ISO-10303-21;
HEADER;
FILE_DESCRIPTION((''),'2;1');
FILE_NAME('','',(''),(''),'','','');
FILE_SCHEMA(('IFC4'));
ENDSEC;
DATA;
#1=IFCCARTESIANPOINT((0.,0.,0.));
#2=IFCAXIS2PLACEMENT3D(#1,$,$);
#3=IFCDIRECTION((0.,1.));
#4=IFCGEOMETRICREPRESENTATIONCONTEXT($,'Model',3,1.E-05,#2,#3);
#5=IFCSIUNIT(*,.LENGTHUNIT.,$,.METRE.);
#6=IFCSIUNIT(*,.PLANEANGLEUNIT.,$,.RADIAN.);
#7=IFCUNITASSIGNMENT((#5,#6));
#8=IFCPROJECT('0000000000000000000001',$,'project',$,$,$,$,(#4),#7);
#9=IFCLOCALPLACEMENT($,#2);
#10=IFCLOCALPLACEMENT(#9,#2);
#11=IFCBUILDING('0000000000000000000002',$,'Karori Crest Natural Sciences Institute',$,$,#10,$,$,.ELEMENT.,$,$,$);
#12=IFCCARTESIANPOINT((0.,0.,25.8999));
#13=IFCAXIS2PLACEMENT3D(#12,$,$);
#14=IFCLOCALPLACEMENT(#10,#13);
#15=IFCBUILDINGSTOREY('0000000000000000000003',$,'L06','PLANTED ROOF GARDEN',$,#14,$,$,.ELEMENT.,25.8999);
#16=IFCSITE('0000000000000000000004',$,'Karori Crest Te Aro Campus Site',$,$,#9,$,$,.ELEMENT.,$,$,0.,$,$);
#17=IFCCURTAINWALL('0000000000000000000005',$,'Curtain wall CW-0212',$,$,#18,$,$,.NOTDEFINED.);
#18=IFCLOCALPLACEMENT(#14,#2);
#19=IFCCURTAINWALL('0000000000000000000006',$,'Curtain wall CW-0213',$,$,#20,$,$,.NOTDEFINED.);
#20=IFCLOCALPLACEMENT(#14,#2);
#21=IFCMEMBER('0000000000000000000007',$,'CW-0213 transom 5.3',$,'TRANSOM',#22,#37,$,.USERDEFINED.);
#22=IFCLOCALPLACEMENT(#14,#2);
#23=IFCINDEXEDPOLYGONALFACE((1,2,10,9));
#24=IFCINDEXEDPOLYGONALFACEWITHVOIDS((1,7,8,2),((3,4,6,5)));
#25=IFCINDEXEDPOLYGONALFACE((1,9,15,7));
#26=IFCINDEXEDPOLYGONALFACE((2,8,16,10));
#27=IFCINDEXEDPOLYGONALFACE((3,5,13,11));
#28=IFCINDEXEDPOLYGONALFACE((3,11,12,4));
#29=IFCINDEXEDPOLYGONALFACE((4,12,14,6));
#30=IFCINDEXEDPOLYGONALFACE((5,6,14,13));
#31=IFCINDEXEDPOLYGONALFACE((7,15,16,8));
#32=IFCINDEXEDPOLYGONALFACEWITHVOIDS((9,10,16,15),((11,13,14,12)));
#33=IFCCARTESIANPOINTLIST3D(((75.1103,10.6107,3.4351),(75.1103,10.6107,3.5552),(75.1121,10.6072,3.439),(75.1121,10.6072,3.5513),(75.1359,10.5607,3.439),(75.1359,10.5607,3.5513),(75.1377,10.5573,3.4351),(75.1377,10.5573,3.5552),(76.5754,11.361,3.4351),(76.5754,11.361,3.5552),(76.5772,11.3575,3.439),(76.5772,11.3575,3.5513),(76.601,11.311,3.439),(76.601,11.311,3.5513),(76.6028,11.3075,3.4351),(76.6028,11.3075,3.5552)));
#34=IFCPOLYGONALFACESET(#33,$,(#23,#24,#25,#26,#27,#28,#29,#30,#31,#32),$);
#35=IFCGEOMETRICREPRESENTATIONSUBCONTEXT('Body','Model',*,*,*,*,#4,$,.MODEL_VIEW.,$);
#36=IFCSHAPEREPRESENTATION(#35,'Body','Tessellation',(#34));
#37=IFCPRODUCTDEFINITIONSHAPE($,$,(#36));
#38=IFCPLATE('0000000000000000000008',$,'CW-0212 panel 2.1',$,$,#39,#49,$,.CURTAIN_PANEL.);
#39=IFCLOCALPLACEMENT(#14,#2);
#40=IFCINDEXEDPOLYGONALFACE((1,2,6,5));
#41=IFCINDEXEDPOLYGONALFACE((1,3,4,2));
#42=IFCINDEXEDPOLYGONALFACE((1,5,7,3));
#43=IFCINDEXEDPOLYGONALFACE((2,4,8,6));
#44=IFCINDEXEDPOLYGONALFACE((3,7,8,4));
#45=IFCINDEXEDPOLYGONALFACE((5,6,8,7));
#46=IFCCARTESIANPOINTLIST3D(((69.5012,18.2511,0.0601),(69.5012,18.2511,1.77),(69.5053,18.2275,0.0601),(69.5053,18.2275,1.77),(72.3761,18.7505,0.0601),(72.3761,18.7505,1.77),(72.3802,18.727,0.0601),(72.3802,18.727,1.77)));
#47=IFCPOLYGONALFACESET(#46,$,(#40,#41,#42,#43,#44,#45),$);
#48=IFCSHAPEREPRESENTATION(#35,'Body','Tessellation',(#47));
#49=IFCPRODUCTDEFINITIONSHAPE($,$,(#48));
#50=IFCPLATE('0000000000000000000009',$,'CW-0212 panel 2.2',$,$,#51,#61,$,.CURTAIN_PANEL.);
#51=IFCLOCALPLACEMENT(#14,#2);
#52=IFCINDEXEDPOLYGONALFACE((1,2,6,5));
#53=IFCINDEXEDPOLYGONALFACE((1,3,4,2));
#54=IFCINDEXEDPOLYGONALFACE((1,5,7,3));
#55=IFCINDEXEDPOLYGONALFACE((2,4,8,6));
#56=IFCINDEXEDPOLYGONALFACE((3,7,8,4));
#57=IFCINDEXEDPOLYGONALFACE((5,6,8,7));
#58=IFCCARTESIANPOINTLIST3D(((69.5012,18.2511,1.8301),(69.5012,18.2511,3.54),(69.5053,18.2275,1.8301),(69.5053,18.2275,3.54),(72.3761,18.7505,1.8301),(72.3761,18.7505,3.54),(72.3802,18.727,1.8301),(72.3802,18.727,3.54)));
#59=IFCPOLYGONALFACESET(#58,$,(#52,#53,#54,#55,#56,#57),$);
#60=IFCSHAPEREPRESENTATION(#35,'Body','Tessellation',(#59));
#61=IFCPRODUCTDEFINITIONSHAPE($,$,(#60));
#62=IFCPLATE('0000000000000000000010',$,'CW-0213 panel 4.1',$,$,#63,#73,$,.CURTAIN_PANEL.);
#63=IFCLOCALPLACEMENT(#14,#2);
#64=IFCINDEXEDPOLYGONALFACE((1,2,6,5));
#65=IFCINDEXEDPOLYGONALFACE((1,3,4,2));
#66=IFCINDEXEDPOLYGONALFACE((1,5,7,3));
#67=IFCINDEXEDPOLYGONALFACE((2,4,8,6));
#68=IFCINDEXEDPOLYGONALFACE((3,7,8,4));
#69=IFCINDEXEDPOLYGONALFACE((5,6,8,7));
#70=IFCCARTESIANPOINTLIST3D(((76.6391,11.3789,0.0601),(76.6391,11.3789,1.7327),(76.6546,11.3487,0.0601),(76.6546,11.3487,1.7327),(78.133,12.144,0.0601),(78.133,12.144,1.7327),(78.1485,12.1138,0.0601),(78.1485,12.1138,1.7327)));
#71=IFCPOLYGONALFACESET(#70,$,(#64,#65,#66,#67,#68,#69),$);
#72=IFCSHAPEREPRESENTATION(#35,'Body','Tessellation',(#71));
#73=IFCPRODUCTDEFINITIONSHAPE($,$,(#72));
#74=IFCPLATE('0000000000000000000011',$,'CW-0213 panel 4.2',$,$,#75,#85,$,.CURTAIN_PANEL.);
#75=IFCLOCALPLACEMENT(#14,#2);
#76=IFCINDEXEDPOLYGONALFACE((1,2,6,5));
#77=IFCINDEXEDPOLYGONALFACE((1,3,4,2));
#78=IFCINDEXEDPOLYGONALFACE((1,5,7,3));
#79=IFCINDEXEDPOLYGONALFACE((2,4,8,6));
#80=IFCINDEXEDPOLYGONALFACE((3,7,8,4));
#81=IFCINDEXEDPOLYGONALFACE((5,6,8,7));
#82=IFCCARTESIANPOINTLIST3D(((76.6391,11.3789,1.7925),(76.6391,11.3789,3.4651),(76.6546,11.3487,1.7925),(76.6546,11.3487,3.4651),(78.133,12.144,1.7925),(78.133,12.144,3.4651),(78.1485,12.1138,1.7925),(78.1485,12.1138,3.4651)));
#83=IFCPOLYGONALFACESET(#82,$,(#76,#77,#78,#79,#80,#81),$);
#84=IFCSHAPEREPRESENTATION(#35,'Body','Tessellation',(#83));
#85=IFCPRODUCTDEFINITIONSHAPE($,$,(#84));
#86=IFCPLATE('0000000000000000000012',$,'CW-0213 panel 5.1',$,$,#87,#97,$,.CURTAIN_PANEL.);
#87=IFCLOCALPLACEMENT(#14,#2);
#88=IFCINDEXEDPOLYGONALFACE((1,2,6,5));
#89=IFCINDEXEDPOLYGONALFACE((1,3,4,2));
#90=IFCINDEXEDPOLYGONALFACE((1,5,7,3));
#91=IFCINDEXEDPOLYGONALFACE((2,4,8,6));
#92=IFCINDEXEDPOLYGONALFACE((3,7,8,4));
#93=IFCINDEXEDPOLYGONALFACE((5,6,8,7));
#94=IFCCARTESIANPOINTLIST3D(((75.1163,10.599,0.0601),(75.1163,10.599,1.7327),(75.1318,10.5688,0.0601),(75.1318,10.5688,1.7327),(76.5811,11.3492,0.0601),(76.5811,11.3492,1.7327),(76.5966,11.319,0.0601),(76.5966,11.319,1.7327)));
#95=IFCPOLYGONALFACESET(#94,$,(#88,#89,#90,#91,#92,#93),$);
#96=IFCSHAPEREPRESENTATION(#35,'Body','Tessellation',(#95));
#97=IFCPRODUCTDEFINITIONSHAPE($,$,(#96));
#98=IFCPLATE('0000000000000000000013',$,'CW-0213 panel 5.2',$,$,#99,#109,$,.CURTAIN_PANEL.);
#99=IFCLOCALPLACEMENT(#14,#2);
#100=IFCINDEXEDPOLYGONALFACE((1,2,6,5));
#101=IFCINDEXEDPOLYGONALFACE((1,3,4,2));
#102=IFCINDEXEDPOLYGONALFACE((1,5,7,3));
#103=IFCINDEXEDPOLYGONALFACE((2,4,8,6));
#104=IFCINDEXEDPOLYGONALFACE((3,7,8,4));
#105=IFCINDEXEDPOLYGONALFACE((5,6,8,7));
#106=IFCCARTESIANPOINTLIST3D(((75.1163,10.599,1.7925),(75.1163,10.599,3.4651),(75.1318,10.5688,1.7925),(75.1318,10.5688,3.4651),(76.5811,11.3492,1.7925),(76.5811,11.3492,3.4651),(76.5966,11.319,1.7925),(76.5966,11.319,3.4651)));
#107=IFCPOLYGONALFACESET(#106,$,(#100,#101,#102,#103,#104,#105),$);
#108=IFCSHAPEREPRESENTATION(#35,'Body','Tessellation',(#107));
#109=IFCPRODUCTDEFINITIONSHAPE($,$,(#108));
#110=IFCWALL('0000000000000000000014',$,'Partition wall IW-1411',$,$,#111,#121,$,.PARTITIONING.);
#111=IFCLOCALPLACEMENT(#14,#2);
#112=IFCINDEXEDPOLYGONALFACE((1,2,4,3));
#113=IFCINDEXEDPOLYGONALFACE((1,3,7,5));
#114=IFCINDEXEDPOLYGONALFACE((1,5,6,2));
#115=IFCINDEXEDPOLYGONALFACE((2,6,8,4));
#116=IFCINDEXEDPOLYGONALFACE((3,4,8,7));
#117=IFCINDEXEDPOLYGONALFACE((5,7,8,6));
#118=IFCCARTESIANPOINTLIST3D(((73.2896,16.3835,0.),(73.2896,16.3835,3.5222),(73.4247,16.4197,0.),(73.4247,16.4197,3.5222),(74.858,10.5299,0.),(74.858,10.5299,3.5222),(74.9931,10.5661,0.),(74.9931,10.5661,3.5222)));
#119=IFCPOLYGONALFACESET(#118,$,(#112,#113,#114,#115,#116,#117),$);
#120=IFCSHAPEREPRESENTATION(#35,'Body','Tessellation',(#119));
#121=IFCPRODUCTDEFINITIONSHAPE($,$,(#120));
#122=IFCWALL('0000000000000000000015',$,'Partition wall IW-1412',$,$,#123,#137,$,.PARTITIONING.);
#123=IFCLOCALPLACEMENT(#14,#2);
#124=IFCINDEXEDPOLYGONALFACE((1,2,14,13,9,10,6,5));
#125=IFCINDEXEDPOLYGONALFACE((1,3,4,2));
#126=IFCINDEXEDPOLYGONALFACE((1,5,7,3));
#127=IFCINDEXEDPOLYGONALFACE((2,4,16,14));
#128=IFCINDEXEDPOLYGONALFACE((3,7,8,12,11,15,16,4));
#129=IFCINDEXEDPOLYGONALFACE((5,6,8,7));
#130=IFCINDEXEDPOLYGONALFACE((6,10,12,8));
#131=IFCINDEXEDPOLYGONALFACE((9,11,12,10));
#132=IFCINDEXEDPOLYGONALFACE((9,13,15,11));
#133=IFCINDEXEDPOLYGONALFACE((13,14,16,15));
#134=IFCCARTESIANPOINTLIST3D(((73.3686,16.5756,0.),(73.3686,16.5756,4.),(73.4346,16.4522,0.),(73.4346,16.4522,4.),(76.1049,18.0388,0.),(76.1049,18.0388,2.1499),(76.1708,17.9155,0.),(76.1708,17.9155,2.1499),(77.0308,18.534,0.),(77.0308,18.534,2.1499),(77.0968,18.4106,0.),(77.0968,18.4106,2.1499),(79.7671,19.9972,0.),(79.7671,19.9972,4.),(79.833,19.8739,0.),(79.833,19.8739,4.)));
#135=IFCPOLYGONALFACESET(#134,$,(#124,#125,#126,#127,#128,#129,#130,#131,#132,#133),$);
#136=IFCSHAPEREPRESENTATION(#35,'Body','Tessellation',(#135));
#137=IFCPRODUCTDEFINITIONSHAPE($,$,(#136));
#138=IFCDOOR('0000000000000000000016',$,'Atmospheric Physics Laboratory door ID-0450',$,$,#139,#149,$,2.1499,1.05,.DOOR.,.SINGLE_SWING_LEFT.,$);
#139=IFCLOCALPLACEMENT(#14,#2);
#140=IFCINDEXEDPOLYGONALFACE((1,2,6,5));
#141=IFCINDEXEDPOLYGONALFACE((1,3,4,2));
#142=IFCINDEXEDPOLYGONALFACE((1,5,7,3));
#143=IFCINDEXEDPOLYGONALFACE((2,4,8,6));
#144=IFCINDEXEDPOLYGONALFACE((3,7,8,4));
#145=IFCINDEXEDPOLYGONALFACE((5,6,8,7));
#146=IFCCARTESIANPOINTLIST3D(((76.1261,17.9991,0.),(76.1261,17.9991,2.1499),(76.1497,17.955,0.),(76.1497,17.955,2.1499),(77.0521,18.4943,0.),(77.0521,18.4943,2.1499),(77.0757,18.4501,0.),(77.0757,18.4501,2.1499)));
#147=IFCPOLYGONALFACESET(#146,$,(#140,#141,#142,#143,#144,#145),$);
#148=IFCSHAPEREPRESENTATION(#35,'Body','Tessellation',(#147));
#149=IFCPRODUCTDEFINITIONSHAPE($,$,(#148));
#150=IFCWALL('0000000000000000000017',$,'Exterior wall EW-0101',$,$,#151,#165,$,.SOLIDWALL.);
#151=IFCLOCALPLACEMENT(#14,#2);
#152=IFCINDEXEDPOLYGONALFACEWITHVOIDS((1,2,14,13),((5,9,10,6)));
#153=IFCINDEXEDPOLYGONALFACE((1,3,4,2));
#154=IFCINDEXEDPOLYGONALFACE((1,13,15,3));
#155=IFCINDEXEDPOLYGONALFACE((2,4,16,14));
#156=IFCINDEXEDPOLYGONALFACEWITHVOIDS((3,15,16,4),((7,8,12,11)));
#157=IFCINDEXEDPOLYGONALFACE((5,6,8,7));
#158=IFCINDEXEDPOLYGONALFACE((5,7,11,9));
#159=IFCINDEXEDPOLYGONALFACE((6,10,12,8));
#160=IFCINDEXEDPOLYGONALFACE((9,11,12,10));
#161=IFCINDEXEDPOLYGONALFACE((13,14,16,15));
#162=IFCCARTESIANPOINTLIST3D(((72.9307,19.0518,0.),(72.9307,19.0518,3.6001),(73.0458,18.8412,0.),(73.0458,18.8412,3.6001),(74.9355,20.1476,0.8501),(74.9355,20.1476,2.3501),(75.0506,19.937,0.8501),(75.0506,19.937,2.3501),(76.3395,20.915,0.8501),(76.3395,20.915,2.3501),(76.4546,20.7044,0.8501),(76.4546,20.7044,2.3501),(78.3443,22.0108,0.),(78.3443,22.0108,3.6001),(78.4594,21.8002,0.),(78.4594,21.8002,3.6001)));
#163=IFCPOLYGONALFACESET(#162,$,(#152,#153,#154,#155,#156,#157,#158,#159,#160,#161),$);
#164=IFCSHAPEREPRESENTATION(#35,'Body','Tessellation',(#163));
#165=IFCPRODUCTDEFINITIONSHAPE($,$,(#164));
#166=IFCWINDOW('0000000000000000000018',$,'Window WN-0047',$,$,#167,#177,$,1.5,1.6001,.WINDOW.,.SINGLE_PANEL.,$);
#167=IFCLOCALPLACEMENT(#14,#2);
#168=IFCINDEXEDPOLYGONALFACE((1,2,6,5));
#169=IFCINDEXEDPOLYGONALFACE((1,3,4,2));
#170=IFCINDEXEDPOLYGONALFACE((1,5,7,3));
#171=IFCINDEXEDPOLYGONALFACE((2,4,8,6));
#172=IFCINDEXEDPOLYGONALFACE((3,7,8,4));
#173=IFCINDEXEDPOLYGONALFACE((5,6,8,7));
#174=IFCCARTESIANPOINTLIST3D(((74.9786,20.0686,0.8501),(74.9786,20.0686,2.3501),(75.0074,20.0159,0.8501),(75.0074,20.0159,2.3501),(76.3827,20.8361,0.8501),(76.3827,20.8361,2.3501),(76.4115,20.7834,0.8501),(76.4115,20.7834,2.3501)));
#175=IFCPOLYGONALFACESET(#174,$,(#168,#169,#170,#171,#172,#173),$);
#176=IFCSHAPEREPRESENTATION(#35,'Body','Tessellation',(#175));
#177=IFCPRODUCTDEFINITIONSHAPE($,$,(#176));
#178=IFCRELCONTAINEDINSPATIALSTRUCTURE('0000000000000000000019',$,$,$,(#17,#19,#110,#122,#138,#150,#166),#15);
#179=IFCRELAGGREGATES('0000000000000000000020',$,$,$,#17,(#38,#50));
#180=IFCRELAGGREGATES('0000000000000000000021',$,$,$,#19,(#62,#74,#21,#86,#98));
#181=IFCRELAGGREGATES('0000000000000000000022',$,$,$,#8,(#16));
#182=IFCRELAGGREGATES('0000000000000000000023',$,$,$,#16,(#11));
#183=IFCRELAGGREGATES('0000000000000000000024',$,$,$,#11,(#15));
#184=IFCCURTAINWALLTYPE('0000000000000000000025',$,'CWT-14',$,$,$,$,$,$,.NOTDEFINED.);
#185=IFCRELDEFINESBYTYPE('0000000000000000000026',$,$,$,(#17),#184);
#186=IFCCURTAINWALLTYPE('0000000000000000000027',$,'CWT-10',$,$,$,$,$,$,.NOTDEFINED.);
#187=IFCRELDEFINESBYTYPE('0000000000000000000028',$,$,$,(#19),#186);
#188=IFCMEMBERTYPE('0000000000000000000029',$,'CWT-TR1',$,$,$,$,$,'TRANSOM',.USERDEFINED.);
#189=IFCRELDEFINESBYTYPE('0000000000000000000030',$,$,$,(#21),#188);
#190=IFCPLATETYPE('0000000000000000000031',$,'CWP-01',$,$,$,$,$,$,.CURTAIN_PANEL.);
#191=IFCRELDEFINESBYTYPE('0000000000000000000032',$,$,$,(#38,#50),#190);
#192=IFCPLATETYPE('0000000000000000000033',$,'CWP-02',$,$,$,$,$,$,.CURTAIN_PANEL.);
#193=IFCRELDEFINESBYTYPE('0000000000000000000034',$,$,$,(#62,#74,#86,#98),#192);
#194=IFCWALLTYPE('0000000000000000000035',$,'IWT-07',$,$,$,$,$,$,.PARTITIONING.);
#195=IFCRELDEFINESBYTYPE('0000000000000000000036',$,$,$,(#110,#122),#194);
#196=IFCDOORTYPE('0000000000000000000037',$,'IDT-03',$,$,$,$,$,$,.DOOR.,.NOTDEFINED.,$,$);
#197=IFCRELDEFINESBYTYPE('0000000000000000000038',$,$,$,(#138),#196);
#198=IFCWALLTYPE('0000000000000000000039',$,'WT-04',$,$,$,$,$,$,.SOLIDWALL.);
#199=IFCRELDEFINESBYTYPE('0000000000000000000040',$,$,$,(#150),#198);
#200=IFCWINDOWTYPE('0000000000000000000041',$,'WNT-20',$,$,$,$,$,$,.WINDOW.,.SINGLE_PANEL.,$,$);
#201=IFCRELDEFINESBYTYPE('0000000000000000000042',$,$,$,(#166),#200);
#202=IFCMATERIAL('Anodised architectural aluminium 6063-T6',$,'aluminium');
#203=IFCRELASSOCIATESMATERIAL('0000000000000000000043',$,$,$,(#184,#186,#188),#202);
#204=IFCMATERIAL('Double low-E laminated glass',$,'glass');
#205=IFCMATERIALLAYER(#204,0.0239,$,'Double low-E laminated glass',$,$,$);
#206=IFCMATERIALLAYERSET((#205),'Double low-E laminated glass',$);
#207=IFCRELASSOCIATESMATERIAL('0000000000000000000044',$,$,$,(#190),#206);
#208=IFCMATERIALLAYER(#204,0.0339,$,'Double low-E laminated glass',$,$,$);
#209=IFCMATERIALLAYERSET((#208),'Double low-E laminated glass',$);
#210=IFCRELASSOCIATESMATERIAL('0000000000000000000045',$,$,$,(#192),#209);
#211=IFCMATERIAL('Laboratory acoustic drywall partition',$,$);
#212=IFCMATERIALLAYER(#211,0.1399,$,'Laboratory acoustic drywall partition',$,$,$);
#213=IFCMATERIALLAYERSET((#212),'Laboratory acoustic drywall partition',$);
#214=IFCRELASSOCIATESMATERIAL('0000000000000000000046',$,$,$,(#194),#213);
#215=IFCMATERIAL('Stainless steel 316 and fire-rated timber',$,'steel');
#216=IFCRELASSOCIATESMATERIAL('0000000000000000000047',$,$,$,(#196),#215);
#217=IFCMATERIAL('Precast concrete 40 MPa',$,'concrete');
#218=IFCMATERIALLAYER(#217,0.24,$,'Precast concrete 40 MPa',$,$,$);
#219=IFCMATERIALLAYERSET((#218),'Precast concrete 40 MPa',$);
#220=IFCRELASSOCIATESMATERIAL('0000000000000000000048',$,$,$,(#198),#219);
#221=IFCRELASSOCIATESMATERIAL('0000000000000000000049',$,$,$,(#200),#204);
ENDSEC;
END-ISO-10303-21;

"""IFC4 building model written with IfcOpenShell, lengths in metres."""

from ifc_helpers import new_model, si_unit, direction, frame, frame_2d, origin, origin_2d, place, context, subcontext, project, spatial, rectangle, hollow_rectangle, extrude, material, layer, layer_set, material_profile, profile_set, type_object, element, fill, aggregate, save


model = new_model("IFC4")

# Units and contexts
model_context = context("Model", 3, precision=1e-05, world=origin(), true_north=direction((0.0, 1.0)))
body_context = subcontext(model_context, "Body", "Model", "MODEL_VIEW")
ifc_project = project(units=[si_unit("LENGTHUNIT", "METRE"), si_unit("PLANEANGLEUNIT", "RADIAN")], contexts=[model_context])

# Site, building, storey
site_placement = place(None, origin())
site = spatial("IfcSite", under=ifc_project, at=site_placement, Name="Karori Crest Te Aro Campus Site", CompositionType="ELEMENT", RefElevation=0.0)
building_placement = place(site_placement, origin())
building = spatial("IfcBuilding", under=site, at=building_placement, Name="Karori Crest Natural Sciences Institute", CompositionType="ELEMENT")
storey_placement = place(building_placement, frame((0.0, 0.0, 25.8999)))
storey = spatial("IfcBuildingStorey", under=building, at=storey_placement, Name="L06", Description="PLANTED ROOF GARDEN", CompositionType="ELEMENT", Elevation=25.8999)

# Curtain wall
ifc_material_1 = material(Name="Anodised architectural aluminium 6063-T6", Category="aluminium")
curtain_wall_type_1 = type_object("IfcCurtainWallType", Name="CWT-14", PredefinedType="NOTDEFINED", material=ifc_material_1)
curtain_wall_1_placement = place(storey_placement, origin())
curtain_wall_1 = element("IfcCurtainWall", 1, at=curtain_wall_1_placement, inside=storey, type_object=curtain_wall_type_1, Name="Curtain wall CW-0212", PredefinedType="NOTDEFINED")

# Curtain wall, member
curtain_wall_type_2 = type_object("IfcCurtainWallType", Name="CWT-10", PredefinedType="NOTDEFINED", material=ifc_material_1)
curtain_wall_2_placement = place(storey_placement, origin())
curtain_wall_2 = element("IfcCurtainWall", 2, at=curtain_wall_2_placement, inside=storey, type_object=curtain_wall_type_2, Name="Curtain wall CW-0213", PredefinedType="NOTDEFINED")
ifc_material_profile_1 = material_profile(ifc_material_1, hollow_rectangle(XDim=0.0601, YDim=0.1201, WallThickness=0.0039, at=origin_2d()), Name="CWT120x60x4")
ifc_profile_set_1 = profile_set([ifc_material_profile_1], Name="Anodised architectural aluminium 6063-T6")
member_type_1 = type_object("IfcMemberType", Name="CWT-TR1", ElementType="TRANSOM", PredefinedType="USERDEFINED", material=ifc_profile_set_1)
member_1_placement = place(storey_placement, frame((76.5891, 11.3342, 3.4951), z_axis=(-0.890084, -0.455796, 0.0), x_axis=(0.455796, -0.890084, 0.0)))
member_1 = element("IfcMember", 3, at=member_1_placement, type_object=member_type_1, Name="CW-0213 transom 5.3", ObjectType="TRANSOM", PredefinedType="USERDEFINED", context=body_context, shape_type="SweptSolid", body=[
    extrude(hollow_rectangle(XDim=0.0601, YDim=0.1201, WallThickness=0.0039, at=origin_2d()), origin(), (0.0, 0.0, 1.0), 1.646),
])

# Plates
ifc_material_2 = material(Name="Double low-E laminated glass", Category="glass")
ifc_layer_1 = layer(ifc_material_2, 0.0239, Name="Double low-E laminated glass")
ifc_layer_set_1 = layer_set([ifc_layer_1], Name="Double low-E laminated glass")
plate_type_1 = type_object("IfcPlateType", Name="CWP-01", PredefinedType="CURTAIN_PANEL", material=ifc_layer_set_1)
plate_1_placement = place(storey_placement, frame((70.9407, 18.489, 0.0601), z_axis=(0.0, 0.0, 1.0), x_axis=(0.985241, 0.171174, 0.0)))
plate_1 = element("IfcPlate", 4, at=plate_1_placement, type_object=plate_type_1, Name="CW-0212 panel 2.1", PredefinedType="CURTAIN_PANEL", context=body_context, shape_type="SweptSolid", body=[
    extrude(rectangle(XDim=2.918, YDim=0.0239, at=origin_2d()), origin(), (0.0, 0.0, 1.0), 1.71),
])
plate_2_placement = place(storey_placement, frame((70.9407, 18.489, 1.8301), z_axis=(0.0, 0.0, 1.0), x_axis=(0.985241, 0.171174, 0.0)))
plate_2 = element("IfcPlate", 5, at=plate_2_placement, type_object=plate_type_1, Name="CW-0212 panel 2.2", PredefinedType="CURTAIN_PANEL", context=body_context, shape_type="SweptSolid", body=[
    extrude(rectangle(XDim=2.918, YDim=0.0239, at=origin_2d()), origin(), (0.0, 0.0, 1.0), 1.71),
])
aggregate(curtain_wall_1, [plate_1, plate_2])
ifc_layer_2 = layer(ifc_material_2, 0.0339, Name="Double low-E laminated glass")
ifc_layer_set_2 = layer_set([ifc_layer_2], Name="Double low-E laminated glass")
plate_type_2 = type_object("IfcPlateType", Name="CWP-02", PredefinedType="CURTAIN_PANEL", material=ifc_layer_set_2)
plate_3_placement = place(storey_placement, frame((77.3938, 11.7463, 0.0601), z_axis=(0.0, 0.0, 1.0), x_axis=(-0.890067, -0.455829, 0.0)))
plate_3 = element("IfcPlate", 6, at=plate_3_placement, type_object=plate_type_2, Name="CW-0213 panel 4.1", PredefinedType="CURTAIN_PANEL", context=body_context, shape_type="SweptSolid", body=[
    extrude(rectangle(XDim=1.6785, YDim=0.0339, at=origin_2d()), origin(), (0.0, 0.0, 1.0), 1.6726),
])
plate_4_placement = place(storey_placement, frame((77.3938, 11.7463, 1.7925), z_axis=(0.0, 0.0, 1.0), x_axis=(-0.890067, -0.455829, 0.0)))
plate_4 = element("IfcPlate", 7, at=plate_4_placement, type_object=plate_type_2, Name="CW-0213 panel 4.2", PredefinedType="CURTAIN_PANEL", context=body_context, shape_type="SweptSolid", body=[
    extrude(rectangle(XDim=1.6785, YDim=0.0339, at=origin_2d()), origin(), (0.0, 0.0, 1.0), 1.6726),
])
plate_5_placement = place(storey_placement, frame((75.8564, 10.959, 0.0601), z_axis=(0.0, 0.0, 1.0), x_axis=(-0.890067, -0.455829, 0.0)))
plate_5 = element("IfcPlate", 8, at=plate_5_placement, type_object=plate_type_2, Name="CW-0213 panel 5.1", PredefinedType="CURTAIN_PANEL", context=body_context, shape_type="SweptSolid", body=[
    extrude(rectangle(XDim=1.6458, YDim=0.0339, at=origin_2d()), origin(), (0.0, 0.0, 1.0), 1.6726),
])
plate_6_placement = place(storey_placement, frame((75.8564, 10.959, 1.7925), z_axis=(0.0, 0.0, 1.0), x_axis=(-0.890067, -0.455829, 0.0)))
plate_6 = element("IfcPlate", 9, at=plate_6_placement, type_object=plate_type_2, Name="CW-0213 panel 5.2", PredefinedType="CURTAIN_PANEL", context=body_context, shape_type="SweptSolid", body=[
    extrude(rectangle(XDim=1.6458, YDim=0.0339, at=origin_2d()), origin(), (0.0, 0.0, 1.0), 1.6726),
])
aggregate(curtain_wall_2, [plate_3, plate_4, member_1, plate_5, plate_6])

# Wall
ifc_material_3 = material(Name="Laboratory acoustic drywall partition")
ifc_layer_3 = layer(ifc_material_3, 0.1399, Name="Laboratory acoustic drywall partition")
ifc_layer_set_3 = layer_set([ifc_layer_3], Name="Laboratory acoustic drywall partition")
wall_type_1 = type_object("IfcWallType", Name="IWT-07", PredefinedType="PARTITIONING", material=ifc_layer_set_3)
wall_1_placement = place(storey_placement, frame((73.3572, 16.4016, 0.0), z_axis=(0.0, 0.0, 1.0), x_axis=(0.258806, -0.965929, 0.0)))
element("IfcWall", 10, at=wall_1_placement, inside=storey, type_object=wall_type_1, Name="Partition wall IW-1411", PredefinedType="PARTITIONING", context=body_context, shape_type="SweptSolid", body=[
    extrude(rectangle(XDim=6.0601, YDim=0.1399, at=frame_2d((3.03, 0.0))), origin(), (0.0, 0.0, 1.0), 3.5222),
])

# Wall, opening, door
wall_2_placement = place(storey_placement, frame((73.4016, 16.5139, 0.0), z_axis=(0.0, 0.0, 1.0), x_axis=(0.88183, 0.471568, 0.0)))
wall_2 = element("IfcWall", 11, at=wall_2_placement, inside=storey, type_object=wall_type_1, Name="Partition wall IW-1412", PredefinedType="PARTITIONING", context=body_context, shape_type="SweptSolid", body=[
    extrude(rectangle(XDim=7.2559, YDim=0.1399, at=frame_2d((3.6279, 0.0))), origin(), (0.0, 0.0, 1.0), 4.0),
])
opening_1_placement = place(wall_2_placement, frame((3.103, 0.0, 0.0)))
opening_1 = element("IfcOpeningElement", 12, at=opening_1_placement, cuts=wall_2, PredefinedType="OPENING", context=body_context, shape_type="SweptSolid", body=[
    extrude(rectangle(XDim=1.05, YDim=2.1499, at=frame_2d((0.5249, 1.075))), frame((0.0, 0.0801, 0.0), z_axis=(0.0, -1.0, 0.0), x_axis=(1.0, 0.0, 0.0)), (0.0, 0.0, 1.0), 0.1599),
])
ifc_material_4 = material(Name="Stainless steel 316 and fire-rated timber", Category="steel")
door_type = type_object("IfcDoorType", Name="IDT-03", OperationType="NOTDEFINED", PredefinedType="DOOR", material=ifc_material_4)
door_placement = place(opening_1_placement, origin())
door = element("IfcDoor", 13, at=door_placement, inside=storey, type_object=door_type, Name="Atmospheric Physics Laboratory door ID-0450", OperationType="SINGLE_SWING_LEFT", OverallHeight=2.1499, OverallWidth=1.05, PredefinedType="DOOR", context=body_context, shape_type="SweptSolid", body=[
    extrude(rectangle(XDim=1.05, YDim=2.1499, at=frame_2d((0.5249, 1.075))), frame((0.0, 0.0249, 0.0), z_axis=(0.0, -1.0, 0.0), x_axis=(1.0, 0.0, 0.0)), (0.0, 0.0, 1.0), 0.05),
])
fill(opening_1, door)

# Wall, opening, window
ifc_material_5 = material(Name="Precast concrete 40 MPa", Category="concrete")
ifc_layer_4 = layer(ifc_material_5, 0.24, Name="Precast concrete 40 MPa")
ifc_layer_set_4 = layer_set([ifc_layer_4], Name="Precast concrete 40 MPa")
wall_type_2 = type_object("IfcWallType", Name="WT-04", PredefinedType="SOLIDWALL", material=ifc_layer_set_4)
wall_3_placement = place(storey_placement, frame((72.9883, 18.9465, 0.0), z_axis=(0.0, 0.0, 1.0), x_axis=(0.877478, 0.479617, 0.0)))
wall_3 = element("IfcWall", 14, at=wall_3_placement, inside=storey, type_object=wall_type_2, Name="Exterior wall EW-0101", PredefinedType="SOLIDWALL", context=body_context, shape_type="SweptSolid", body=[
    extrude(rectangle(XDim=6.1694, YDim=0.24, at=frame_2d((3.0847, 0.0))), origin(), (0.0, 0.0, 1.0), 3.6001),
])
opening_2_placement = place(wall_3_placement, frame((2.2847, 0.0, 0.8501)))
opening_2 = element("IfcOpeningElement", 15, at=opening_2_placement, cuts=wall_3, PredefinedType="OPENING", context=body_context, shape_type="SweptSolid", body=[
    extrude(rectangle(XDim=1.6001, YDim=1.5, at=frame_2d((0.8, 0.75))), frame((0.0, 0.1299, 0.0), z_axis=(0.0, -1.0, 0.0), x_axis=(1.0, 0.0, 0.0)), (0.0, 0.0, 1.0), 0.26),
])
window_type = type_object("IfcWindowType", Name="WNT-20", PartitioningType="SINGLE_PANEL", PredefinedType="WINDOW", material=ifc_material_2)
window_placement = place(opening_2_placement, origin())
window = element("IfcWindow", 16, at=window_placement, inside=storey, type_object=window_type, Name="Window WN-0047", OverallHeight=1.5, OverallWidth=1.6001, PartitioningType="SINGLE_PANEL", PredefinedType="WINDOW", context=body_context, shape_type="SweptSolid", body=[
    extrude(rectangle(XDim=1.6001, YDim=1.5, at=frame_2d((0.8, 0.75))), frame((0.0, 0.03, 0.0), z_axis=(0.0, -1.0, 0.0), x_axis=(1.0, 0.0, 0.0)), (0.0, 0.0, 1.0), 0.0601),
])
fill(opening_2, window)

save(model, "model.ifc")
